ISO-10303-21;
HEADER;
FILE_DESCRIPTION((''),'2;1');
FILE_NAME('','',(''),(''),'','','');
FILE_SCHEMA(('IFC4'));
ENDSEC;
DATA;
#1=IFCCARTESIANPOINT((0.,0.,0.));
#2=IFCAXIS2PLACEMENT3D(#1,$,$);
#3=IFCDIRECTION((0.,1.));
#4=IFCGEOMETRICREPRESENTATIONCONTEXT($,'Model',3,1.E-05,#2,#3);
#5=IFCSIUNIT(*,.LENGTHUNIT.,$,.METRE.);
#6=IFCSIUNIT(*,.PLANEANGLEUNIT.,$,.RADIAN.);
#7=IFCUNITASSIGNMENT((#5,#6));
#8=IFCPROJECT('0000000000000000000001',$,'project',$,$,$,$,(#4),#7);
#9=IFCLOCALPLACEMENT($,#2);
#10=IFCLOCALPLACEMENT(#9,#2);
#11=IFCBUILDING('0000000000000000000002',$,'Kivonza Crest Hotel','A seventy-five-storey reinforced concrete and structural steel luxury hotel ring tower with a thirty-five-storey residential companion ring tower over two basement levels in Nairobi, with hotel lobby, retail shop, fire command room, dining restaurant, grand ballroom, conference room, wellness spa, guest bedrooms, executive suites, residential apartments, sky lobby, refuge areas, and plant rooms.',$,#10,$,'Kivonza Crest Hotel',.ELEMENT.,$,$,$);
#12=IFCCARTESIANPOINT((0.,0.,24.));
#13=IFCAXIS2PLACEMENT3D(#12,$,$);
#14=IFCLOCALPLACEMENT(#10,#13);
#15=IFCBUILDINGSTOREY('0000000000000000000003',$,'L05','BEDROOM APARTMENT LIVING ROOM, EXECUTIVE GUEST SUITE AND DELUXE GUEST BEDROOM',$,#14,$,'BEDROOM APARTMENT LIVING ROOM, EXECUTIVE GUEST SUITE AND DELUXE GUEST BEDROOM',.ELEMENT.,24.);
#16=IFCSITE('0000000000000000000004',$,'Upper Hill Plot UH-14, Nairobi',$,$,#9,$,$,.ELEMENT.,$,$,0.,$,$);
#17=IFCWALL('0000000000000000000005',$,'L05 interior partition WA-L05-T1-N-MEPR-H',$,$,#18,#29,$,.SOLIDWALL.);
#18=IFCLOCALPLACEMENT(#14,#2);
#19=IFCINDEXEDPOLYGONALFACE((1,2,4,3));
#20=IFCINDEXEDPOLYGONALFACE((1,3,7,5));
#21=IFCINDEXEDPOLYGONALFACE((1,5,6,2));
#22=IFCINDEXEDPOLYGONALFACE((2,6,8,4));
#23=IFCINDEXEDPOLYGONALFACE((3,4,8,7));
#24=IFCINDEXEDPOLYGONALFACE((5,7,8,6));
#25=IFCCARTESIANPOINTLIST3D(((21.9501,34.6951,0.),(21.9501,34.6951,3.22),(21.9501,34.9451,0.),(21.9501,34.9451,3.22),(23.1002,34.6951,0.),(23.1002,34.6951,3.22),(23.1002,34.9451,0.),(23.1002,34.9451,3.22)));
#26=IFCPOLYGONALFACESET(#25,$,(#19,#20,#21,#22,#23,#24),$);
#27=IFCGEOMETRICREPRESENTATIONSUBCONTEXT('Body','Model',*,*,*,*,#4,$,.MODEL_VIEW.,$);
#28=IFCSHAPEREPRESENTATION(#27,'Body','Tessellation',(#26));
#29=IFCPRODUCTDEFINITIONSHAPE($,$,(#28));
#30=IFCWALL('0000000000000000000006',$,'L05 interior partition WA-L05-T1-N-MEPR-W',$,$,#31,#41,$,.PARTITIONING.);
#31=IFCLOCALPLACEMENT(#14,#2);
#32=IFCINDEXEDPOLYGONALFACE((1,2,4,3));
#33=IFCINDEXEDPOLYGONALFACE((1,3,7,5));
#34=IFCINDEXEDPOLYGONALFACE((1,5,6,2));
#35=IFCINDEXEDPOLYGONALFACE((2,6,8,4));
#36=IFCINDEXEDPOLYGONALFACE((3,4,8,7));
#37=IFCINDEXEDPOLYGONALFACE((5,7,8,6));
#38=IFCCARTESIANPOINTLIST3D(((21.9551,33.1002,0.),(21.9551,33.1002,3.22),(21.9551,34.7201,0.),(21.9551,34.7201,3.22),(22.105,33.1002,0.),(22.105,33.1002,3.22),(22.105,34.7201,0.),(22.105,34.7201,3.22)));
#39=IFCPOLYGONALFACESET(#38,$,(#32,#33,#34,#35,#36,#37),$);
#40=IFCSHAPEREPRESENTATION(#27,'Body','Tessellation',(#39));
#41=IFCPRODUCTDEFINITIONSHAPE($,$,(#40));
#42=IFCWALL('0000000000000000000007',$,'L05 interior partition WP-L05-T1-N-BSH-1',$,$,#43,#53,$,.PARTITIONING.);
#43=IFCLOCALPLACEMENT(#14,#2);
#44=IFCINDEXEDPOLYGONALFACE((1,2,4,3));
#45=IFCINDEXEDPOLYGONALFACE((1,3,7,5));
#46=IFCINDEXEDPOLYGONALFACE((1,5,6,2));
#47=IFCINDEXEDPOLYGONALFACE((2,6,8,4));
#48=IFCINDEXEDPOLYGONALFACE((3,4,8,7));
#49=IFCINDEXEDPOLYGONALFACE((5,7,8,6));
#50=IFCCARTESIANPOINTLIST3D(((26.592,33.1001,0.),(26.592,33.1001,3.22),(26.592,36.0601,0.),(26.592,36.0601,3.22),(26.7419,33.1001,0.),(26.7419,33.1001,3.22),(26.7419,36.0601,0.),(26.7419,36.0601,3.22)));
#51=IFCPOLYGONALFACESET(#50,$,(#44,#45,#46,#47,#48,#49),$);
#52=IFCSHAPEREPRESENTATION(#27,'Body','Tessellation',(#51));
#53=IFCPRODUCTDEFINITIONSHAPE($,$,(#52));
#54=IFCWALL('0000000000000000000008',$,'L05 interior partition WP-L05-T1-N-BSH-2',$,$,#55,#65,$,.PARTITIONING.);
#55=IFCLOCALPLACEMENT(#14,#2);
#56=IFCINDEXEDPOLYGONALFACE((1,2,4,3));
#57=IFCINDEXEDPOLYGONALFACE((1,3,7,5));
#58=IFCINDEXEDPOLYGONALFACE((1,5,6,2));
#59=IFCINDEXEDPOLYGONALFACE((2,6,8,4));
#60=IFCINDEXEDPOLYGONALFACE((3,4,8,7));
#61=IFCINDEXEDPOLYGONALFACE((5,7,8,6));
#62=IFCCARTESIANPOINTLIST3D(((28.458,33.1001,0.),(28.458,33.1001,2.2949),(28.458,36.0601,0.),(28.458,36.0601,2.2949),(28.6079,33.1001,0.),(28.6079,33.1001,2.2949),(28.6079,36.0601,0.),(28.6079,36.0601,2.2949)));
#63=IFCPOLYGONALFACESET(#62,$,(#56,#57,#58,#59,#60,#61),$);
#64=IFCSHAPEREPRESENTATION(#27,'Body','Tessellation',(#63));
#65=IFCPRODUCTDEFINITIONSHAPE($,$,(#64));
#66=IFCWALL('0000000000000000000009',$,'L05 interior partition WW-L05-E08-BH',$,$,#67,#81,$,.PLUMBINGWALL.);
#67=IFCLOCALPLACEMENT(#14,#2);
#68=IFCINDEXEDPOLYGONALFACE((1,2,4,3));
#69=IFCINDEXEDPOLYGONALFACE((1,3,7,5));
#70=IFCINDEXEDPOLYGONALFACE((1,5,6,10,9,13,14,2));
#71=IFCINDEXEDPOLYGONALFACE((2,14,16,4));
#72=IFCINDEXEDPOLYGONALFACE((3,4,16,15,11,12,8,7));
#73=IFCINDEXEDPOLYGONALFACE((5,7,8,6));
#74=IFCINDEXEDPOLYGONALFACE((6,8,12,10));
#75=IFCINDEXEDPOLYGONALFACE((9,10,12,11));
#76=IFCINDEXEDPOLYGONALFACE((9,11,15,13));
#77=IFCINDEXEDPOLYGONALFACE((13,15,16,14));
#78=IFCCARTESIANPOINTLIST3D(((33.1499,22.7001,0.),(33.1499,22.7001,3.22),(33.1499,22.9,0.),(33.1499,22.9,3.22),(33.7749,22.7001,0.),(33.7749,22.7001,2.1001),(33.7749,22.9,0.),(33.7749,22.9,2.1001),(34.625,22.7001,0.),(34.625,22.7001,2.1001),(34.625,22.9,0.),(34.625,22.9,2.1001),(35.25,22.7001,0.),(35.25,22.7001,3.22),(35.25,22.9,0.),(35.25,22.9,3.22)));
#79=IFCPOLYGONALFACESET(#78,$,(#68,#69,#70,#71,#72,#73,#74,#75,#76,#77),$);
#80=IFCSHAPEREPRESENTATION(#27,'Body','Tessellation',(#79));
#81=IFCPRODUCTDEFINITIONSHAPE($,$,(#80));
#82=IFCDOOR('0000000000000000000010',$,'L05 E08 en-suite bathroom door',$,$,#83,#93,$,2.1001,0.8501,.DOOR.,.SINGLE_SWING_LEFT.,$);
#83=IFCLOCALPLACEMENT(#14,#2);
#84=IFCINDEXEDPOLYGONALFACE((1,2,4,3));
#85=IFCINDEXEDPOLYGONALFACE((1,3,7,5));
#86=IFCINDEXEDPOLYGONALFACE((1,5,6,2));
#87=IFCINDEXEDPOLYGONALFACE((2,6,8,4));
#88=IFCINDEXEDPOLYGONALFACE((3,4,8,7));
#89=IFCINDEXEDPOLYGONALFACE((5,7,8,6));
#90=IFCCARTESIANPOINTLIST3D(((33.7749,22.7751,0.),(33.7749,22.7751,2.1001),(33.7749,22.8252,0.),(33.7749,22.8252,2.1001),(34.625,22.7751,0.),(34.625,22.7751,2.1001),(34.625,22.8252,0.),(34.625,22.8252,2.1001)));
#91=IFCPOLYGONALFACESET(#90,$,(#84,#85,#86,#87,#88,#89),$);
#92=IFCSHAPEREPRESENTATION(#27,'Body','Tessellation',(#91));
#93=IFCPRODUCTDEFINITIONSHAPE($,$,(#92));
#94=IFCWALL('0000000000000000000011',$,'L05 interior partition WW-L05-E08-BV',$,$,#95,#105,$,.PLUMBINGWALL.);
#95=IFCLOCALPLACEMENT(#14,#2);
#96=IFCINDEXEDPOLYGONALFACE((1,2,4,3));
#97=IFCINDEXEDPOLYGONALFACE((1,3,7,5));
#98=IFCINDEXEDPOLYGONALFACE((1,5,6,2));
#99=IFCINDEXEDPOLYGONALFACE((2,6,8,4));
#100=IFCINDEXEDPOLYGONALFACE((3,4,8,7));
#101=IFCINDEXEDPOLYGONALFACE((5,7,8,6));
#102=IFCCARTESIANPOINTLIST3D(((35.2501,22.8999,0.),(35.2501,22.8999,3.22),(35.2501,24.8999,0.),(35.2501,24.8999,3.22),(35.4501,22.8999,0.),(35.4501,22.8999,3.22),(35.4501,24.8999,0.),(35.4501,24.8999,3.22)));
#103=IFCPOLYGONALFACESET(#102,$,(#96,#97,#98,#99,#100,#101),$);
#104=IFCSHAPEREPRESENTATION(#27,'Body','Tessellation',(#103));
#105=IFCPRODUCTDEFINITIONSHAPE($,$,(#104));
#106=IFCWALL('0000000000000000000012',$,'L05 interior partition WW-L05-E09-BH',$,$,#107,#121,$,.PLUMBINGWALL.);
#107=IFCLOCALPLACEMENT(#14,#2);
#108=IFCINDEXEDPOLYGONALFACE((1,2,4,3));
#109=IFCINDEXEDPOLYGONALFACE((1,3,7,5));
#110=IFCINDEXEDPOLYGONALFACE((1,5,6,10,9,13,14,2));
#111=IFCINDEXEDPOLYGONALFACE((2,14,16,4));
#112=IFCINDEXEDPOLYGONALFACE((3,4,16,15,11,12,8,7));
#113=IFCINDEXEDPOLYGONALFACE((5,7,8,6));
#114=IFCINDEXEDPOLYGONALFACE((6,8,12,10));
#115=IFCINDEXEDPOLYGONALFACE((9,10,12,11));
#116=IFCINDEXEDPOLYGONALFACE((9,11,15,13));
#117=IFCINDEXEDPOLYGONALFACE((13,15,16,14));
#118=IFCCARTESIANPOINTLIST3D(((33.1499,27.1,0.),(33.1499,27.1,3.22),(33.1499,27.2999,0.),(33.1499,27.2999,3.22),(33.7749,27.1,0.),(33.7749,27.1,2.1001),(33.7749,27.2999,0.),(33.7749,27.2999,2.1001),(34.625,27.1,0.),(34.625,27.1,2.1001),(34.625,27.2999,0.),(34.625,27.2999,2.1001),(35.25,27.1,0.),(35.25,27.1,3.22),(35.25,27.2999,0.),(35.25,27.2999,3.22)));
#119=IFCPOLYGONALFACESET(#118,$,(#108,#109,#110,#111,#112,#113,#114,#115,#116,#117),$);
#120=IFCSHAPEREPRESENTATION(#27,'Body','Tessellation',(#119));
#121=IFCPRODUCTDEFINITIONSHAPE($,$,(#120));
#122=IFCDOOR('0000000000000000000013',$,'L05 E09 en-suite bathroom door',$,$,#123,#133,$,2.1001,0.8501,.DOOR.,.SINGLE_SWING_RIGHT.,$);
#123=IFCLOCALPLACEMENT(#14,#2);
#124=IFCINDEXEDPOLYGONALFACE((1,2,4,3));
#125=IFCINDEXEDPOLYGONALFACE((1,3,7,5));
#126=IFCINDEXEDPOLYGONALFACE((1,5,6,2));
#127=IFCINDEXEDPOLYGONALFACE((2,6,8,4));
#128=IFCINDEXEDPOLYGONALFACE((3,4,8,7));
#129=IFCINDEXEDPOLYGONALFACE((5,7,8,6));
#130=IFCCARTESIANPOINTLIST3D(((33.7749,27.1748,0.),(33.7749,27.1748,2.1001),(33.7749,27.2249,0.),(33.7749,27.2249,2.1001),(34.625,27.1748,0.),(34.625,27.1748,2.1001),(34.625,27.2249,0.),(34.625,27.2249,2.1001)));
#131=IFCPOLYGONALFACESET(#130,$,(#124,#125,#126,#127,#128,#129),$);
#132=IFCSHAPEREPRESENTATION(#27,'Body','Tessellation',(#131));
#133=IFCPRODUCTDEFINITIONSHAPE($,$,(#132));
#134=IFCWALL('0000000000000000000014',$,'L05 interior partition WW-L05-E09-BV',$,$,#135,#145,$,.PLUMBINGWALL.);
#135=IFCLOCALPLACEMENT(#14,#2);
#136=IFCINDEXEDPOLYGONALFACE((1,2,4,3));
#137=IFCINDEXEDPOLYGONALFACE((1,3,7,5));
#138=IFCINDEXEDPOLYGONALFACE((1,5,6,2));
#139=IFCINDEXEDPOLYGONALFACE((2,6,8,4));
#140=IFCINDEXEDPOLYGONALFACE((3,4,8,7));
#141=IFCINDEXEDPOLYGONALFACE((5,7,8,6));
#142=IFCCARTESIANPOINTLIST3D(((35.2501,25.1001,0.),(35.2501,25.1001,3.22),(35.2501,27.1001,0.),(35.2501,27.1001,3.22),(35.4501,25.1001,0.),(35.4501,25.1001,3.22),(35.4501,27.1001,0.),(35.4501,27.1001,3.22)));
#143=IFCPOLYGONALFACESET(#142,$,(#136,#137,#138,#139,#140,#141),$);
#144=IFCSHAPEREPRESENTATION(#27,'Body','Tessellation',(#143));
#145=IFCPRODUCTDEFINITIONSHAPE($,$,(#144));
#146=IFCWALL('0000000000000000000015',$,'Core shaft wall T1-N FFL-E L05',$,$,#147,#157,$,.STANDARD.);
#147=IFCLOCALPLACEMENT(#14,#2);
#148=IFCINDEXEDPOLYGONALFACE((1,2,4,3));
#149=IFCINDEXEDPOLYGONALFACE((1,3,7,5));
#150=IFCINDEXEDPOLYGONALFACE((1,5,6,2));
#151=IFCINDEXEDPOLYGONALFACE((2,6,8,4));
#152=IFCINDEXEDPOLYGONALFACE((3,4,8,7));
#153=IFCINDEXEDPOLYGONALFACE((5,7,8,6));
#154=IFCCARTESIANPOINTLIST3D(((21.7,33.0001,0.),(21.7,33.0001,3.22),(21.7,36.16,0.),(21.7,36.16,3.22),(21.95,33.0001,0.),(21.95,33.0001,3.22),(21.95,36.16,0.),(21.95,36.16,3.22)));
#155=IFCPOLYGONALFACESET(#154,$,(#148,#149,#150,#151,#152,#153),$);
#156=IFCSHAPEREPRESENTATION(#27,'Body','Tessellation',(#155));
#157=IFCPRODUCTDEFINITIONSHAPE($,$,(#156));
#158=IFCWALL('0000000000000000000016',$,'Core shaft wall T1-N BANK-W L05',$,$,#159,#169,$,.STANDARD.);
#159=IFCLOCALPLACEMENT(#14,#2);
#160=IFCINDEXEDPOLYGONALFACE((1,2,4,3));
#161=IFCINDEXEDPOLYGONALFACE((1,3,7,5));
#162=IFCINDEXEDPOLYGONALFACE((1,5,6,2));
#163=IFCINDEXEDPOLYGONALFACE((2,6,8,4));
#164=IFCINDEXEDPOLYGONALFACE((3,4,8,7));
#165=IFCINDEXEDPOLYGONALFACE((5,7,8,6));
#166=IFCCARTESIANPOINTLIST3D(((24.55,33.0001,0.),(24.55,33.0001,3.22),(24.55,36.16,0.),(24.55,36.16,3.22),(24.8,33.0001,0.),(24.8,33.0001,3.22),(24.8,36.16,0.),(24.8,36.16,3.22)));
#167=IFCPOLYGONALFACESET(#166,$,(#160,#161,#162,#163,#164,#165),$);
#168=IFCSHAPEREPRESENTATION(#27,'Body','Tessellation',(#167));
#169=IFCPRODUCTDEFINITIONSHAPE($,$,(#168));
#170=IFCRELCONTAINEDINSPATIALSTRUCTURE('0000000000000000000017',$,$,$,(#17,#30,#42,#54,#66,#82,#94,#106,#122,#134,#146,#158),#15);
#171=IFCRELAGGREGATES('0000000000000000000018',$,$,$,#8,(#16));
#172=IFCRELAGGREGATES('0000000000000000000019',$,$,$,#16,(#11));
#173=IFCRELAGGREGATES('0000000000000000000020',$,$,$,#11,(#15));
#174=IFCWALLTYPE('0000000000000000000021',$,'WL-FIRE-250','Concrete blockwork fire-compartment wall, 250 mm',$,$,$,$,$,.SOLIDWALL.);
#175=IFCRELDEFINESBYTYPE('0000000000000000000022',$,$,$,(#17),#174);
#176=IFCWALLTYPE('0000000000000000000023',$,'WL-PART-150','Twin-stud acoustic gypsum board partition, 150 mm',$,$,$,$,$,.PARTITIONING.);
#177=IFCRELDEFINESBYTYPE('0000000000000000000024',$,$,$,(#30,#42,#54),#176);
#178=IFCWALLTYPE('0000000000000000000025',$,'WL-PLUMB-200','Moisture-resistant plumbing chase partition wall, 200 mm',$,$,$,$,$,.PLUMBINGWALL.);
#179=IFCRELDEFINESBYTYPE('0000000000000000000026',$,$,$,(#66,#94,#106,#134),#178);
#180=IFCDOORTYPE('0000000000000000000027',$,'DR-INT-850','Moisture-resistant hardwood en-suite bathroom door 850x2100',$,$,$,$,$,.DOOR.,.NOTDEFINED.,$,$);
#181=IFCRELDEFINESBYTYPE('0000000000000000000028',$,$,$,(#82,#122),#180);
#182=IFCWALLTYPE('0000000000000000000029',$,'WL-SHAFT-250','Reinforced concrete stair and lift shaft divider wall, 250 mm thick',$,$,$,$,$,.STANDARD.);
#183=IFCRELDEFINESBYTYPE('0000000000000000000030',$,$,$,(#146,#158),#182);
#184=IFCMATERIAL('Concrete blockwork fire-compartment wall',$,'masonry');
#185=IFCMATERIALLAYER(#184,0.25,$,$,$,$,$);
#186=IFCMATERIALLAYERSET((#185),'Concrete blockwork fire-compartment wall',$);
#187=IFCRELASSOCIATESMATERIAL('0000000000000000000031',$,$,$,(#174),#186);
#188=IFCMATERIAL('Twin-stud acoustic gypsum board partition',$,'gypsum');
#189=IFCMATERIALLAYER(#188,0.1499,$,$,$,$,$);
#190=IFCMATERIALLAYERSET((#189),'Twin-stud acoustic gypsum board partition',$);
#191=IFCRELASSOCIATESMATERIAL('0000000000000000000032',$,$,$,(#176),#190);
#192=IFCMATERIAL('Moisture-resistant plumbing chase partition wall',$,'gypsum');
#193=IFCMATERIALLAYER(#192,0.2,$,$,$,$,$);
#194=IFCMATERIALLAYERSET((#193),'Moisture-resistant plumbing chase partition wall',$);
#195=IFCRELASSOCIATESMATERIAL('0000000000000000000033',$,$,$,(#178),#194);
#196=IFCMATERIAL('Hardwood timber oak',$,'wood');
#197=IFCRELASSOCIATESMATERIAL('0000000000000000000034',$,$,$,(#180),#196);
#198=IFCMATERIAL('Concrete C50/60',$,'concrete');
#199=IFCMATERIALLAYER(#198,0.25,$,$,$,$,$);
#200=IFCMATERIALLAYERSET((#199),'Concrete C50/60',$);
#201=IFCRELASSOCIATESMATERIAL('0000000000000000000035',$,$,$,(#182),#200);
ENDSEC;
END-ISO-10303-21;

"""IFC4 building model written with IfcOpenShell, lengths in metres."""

from ifc_helpers import new_model, si_unit, direction, frame, frame_2d, origin, place, context, subcontext, project, spatial, rectangle, extrude, material, layer, layer_set, type_object, element, fill, save


model = new_model("IFC4")

# Units and contexts
model_context = context("Model", 3, precision=1e-05, world=origin(), true_north=direction((0.0, 1.0)))
body_context = subcontext(model_context, "Body", "Model", "MODEL_VIEW")
ifc_project = project(units=[si_unit("LENGTHUNIT", "METRE"), si_unit("PLANEANGLEUNIT", "RADIAN")], contexts=[model_context])

# Site, building, storey
site_placement = place(None, origin())
site = spatial("IfcSite", under=ifc_project, at=site_placement, Name="Upper Hill Plot UH-14, Nairobi", CompositionType="ELEMENT", RefElevation=0.0)
building_placement = place(site_placement, origin())
building = spatial("IfcBuilding", under=site, at=building_placement, Name="Kivonza Crest Hotel", Description="A seventy-five-storey reinforced concrete and structural steel luxury hotel ring tower with a thirty-five-storey residential companion ring tower over two basement levels in Nairobi, with hotel lobby, retail shop, fire command room, dining restaurant, grand ballroom, conference room, wellness spa, guest bedrooms, executive suites, residential apartments, sky lobby, refuge areas, and plant rooms.", LongName="Kivonza Crest Hotel", CompositionType="ELEMENT")
storey_placement = place(building_placement, frame((0.0, 0.0, 24.0)))
storey = spatial("IfcBuildingStorey", under=building, at=storey_placement, Name="L05", Description="BEDROOM APARTMENT LIVING ROOM, EXECUTIVE GUEST SUITE AND DELUXE GUEST BEDROOM", LongName="BEDROOM APARTMENT LIVING ROOM, EXECUTIVE GUEST SUITE AND DELUXE GUEST BEDROOM", CompositionType="ELEMENT", Elevation=24.0)

# Shared definitions
ifc_material_1 = material(Name="Hardwood timber oak", Category="wood")

# Walls
ifc_material_2 = material(Name="Concrete blockwork fire-compartment wall", Category="masonry")
ifc_layer_1 = layer(ifc_material_2, 0.25)
ifc_layer_set_1 = layer_set([ifc_layer_1], Name="Concrete blockwork fire-compartment wall")
wall_type_1 = type_object("IfcWallType", Name="WL-FIRE-250", Description="Concrete blockwork fire-compartment wall, 250 mm", PredefinedType="SOLIDWALL", material=ifc_layer_set_1)
wall_1_placement = place(storey_placement, frame((21.95, 34.8201, 0.0), z_axis=(0.0, 0.0, 1.0), x_axis=(1.0, 0.0, 0.0)))
element("IfcWall", 1, at=wall_1_placement, inside=storey, type_object=wall_type_1, Name="L05 interior partition WA-L05-T1-N-MEPR-H", PredefinedType="SOLIDWALL", context=body_context, shape_type="SweptSolid", body=[
    extrude(rectangle(XDim=1.1501, YDim=0.25, at=frame_2d((0.5752, 0.0))), origin(), (0.0, 0.0, 1.0), 3.22),
])
ifc_material_3 = material(Name="Twin-stud acoustic gypsum board partition", Category="gypsum")
ifc_layer_2 = layer(ifc_material_3, 0.1499)
ifc_layer_set_2 = layer_set([ifc_layer_2], Name="Twin-stud acoustic gypsum board partition")
wall_type_2 = type_object("IfcWallType", Name="WL-PART-150", Description="Twin-stud acoustic gypsum board partition, 150 mm", PredefinedType="PARTITIONING", material=ifc_layer_set_2)
wall_2_placement = place(storey_placement, frame((22.03, 33.1001, 0.0), z_axis=(0.0, 0.0, 1.0), x_axis=(0.0, 1.0, 0.0)))
element("IfcWall", 2, at=wall_2_placement, inside=storey, type_object=wall_type_2, Name="L05 interior partition WA-L05-T1-N-MEPR-W", PredefinedType="PARTITIONING", context=body_context, shape_type="SweptSolid", body=[
    extrude(rectangle(XDim=1.6199, YDim=0.1499, at=frame_2d((0.8101, 0.0))), origin(), (0.0, 0.0, 1.0), 3.22),
])
wall_3_placement = place(storey_placement, frame((26.667, 33.1001, 0.0), z_axis=(0.0, 0.0, 1.0), x_axis=(0.0, 1.0, 0.0)))
element("IfcWall", 3, at=wall_3_placement, inside=storey, type_object=wall_type_2, Name="L05 interior partition WP-L05-T1-N-BSH-1", PredefinedType="PARTITIONING", context=body_context, shape_type="SweptSolid", body=[
    extrude(rectangle(XDim=2.96, YDim=0.1499, at=frame_2d((1.48, 0.0))), origin(), (0.0, 0.0, 1.0), 3.22),
])
wall_4_placement = place(storey_placement, frame((28.533, 33.1001, 0.0), z_axis=(0.0, 0.0, 1.0), x_axis=(0.0, 1.0, 0.0)))
element("IfcWall", 4, at=wall_4_placement, inside=storey, type_object=wall_type_2, Name="L05 interior partition WP-L05-T1-N-BSH-2", PredefinedType="PARTITIONING", context=body_context, shape_type="SweptSolid", body=[
    extrude(rectangle(XDim=2.96, YDim=0.1499, at=frame_2d((1.48, 0.0))), origin(), (0.0, 0.0, 1.0), 2.2949),
])

# Wall, opening, door
ifc_material_4 = material(Name="Moisture-resistant plumbing chase partition wall", Category="gypsum")
ifc_layer_3 = layer(ifc_material_4, 0.2)
ifc_layer_set_3 = layer_set([ifc_layer_3], Name="Moisture-resistant plumbing chase partition wall")
wall_type_3 = type_object("IfcWallType", Name="WL-PLUMB-200", Description="Moisture-resistant plumbing chase partition wall, 200 mm", PredefinedType="PLUMBINGWALL", material=ifc_layer_set_3)
wall_5_placement = place(storey_placement, frame((33.1499, 22.8, 0.0), z_axis=(0.0, 0.0, 1.0), x_axis=(1.0, 0.0, 0.0)))
wall_5 = element("IfcWall", 5, at=wall_5_placement, inside=storey, type_object=wall_type_3, Name="L05 interior partition WW-L05-E08-BH", PredefinedType="PLUMBINGWALL", context=body_context, shape_type="SweptSolid", body=[
    extrude(rectangle(XDim=2.1001, YDim=0.2, at=frame_2d((1.05, 0.0))), origin(), (0.0, 0.0, 1.0), 3.22),
])
opening_1_placement = place(wall_5_placement, frame((0.625, 0.0, 0.0)))
opening_1 = element("IfcOpeningElement", 6, at=opening_1_placement, cuts=wall_5, PredefinedType="OPENING", context=body_context, shape_type="SweptSolid", body=[
    extrude(rectangle(XDim=0.8501, YDim=2.1001, at=frame_2d((0.425, 1.05))), frame((0.0, 0.1099, 0.0), z_axis=(0.0, -1.0, 0.0), x_axis=(1.0, 0.0, 0.0)), (0.0, 0.0, 1.0), 0.22),
])
door_type_1 = type_object("IfcDoorType", Name="DR-INT-850", Description="Moisture-resistant hardwood en-suite bathroom door 850x2100", OperationType="NOTDEFINED", PredefinedType="DOOR", material=ifc_material_1)
door_1_placement = place(opening_1_placement, frame((0.8501, 0.0, 0.0), z_axis=(0.0, 0.0, 1.0), x_axis=(-1.0, 0.0, 0.0)))
door_1 = element("IfcDoor", 7, at=door_1_placement, inside=storey, type_object=door_type_1, Name="L05 E08 en-suite bathroom door", OperationType="SINGLE_SWING_LEFT", OverallHeight=2.1001, OverallWidth=0.8501, PredefinedType="DOOR", context=body_context, shape_type="SweptSolid", body=[
    extrude(rectangle(XDim=0.8501, YDim=2.1001, at=frame_2d((0.425, 1.05))), frame((0.0, 0.0249, 0.0), z_axis=(0.0, -1.0, 0.0), x_axis=(1.0, 0.0, 0.0)), (0.0, 0.0, 1.0), 0.05),
])
fill(opening_1, door_1)

# Wall
wall_6_placement = place(storey_placement, frame((35.3501, 22.8999, 0.0), z_axis=(0.0, 0.0, 1.0), x_axis=(0.0, 1.0, 0.0)))
element("IfcWall", 8, at=wall_6_placement, inside=storey, type_object=wall_type_3, Name="L05 interior partition WW-L05-E08-BV", PredefinedType="PLUMBINGWALL", context=body_context, shape_type="SweptSolid", body=[
    extrude(rectangle(XDim=2.0, YDim=0.2, at=frame_2d((1.0, 0.0))), origin(), (0.0, 0.0, 1.0), 3.22),
])

# Wall, opening, door
wall_7_placement = place(storey_placement, frame((33.1499, 27.2, 0.0), z_axis=(0.0, 0.0, 1.0), x_axis=(1.0, 0.0, 0.0)))
wall_7 = element("IfcWall", 9, at=wall_7_placement, inside=storey, type_object=wall_type_3, Name="L05 interior partition WW-L05-E09-BH", PredefinedType="PLUMBINGWALL", context=body_context, shape_type="SweptSolid", body=[
    extrude(rectangle(XDim=2.1001, YDim=0.2, at=frame_2d((1.05, 0.0))), origin(), (0.0, 0.0, 1.0), 3.22),
])
opening_2_placement = place(wall_7_placement, frame((0.625, 0.0, 0.0)))
opening_2 = element("IfcOpeningElement", 10, at=opening_2_placement, cuts=wall_7, PredefinedType="OPENING", context=body_context, shape_type="SweptSolid", body=[
    extrude(rectangle(XDim=0.8501, YDim=2.1001, at=frame_2d((0.425, 1.05))), frame((0.0, 0.1099, 0.0), z_axis=(0.0, -1.0, 0.0), x_axis=(1.0, 0.0, 0.0)), (0.0, 0.0, 1.0), 0.22),
])
door_2_placement = place(opening_2_placement, origin())
door_2 = element("IfcDoor", 11, at=door_2_placement, inside=storey, type_object=door_type_1, Name="L05 E09 en-suite bathroom door", OperationType="SINGLE_SWING_RIGHT", OverallHeight=2.1001, OverallWidth=0.8501, PredefinedType="DOOR", context=body_context, shape_type="SweptSolid", body=[
    extrude(rectangle(XDim=0.8501, YDim=2.1001, at=frame_2d((0.425, 1.05))), frame((0.0, 0.0249, 0.0), z_axis=(0.0, -1.0, 0.0), x_axis=(1.0, 0.0, 0.0)), (0.0, 0.0, 1.0), 0.05),
])
fill(opening_2, door_2)

# Wall
wall_8_placement = place(storey_placement, frame((35.3501, 25.1001, 0.0), z_axis=(0.0, 0.0, 1.0), x_axis=(0.0, 1.0, 0.0)))
element("IfcWall", 12, at=wall_8_placement, inside=storey, type_object=wall_type_3, Name="L05 interior partition WW-L05-E09-BV", PredefinedType="PLUMBINGWALL", context=body_context, shape_type="SweptSolid", body=[
    extrude(rectangle(XDim=2.0, YDim=0.2, at=frame_2d((1.0, 0.0))), origin(), (0.0, 0.0, 1.0), 3.22),
])

# Shared definitions
ifc_material_5 = material(Name="Concrete C50/60", Category="concrete")
ifc_layer_4 = layer(ifc_material_5, 0.25)
ifc_layer_set_4 = layer_set([ifc_layer_4], Name="Concrete C50/60")
wall_type_4 = type_object("IfcWallType", Name="WL-SHAFT-250", Description="Reinforced concrete stair and lift shaft divider wall, 250 mm thick", PredefinedType="STANDARD", material=ifc_layer_set_4)

# Walls
for number, where, z_axis, x_axis, name in (
    (13, (21.825, 33.0, 0.0), (0.0, 0.0, 1.0), (0.0, 1.0, 0.0), "Core shaft wall T1-N FFL-E L05"),
    (14, (24.675, 33.0, 0.0), (0.0, 0.0, 1.0), (0.0, 1.0, 0.0), "Core shaft wall T1-N BANK-W L05"),
):
    element("IfcWall", number, at=place(storey_placement, frame(where, z_axis=z_axis, x_axis=x_axis)), inside=storey, type_object=wall_type_4, Name=name, PredefinedType="STANDARD", context=body_context, shape_type="SweptSolid", body=[
        extrude(rectangle(XDim=3.1599, YDim=0.25, at=frame_2d((1.5801, 0.0))), origin(), (0.0, 0.0, 1.0), 3.22),
    ])

save(model, "model.ifc")
